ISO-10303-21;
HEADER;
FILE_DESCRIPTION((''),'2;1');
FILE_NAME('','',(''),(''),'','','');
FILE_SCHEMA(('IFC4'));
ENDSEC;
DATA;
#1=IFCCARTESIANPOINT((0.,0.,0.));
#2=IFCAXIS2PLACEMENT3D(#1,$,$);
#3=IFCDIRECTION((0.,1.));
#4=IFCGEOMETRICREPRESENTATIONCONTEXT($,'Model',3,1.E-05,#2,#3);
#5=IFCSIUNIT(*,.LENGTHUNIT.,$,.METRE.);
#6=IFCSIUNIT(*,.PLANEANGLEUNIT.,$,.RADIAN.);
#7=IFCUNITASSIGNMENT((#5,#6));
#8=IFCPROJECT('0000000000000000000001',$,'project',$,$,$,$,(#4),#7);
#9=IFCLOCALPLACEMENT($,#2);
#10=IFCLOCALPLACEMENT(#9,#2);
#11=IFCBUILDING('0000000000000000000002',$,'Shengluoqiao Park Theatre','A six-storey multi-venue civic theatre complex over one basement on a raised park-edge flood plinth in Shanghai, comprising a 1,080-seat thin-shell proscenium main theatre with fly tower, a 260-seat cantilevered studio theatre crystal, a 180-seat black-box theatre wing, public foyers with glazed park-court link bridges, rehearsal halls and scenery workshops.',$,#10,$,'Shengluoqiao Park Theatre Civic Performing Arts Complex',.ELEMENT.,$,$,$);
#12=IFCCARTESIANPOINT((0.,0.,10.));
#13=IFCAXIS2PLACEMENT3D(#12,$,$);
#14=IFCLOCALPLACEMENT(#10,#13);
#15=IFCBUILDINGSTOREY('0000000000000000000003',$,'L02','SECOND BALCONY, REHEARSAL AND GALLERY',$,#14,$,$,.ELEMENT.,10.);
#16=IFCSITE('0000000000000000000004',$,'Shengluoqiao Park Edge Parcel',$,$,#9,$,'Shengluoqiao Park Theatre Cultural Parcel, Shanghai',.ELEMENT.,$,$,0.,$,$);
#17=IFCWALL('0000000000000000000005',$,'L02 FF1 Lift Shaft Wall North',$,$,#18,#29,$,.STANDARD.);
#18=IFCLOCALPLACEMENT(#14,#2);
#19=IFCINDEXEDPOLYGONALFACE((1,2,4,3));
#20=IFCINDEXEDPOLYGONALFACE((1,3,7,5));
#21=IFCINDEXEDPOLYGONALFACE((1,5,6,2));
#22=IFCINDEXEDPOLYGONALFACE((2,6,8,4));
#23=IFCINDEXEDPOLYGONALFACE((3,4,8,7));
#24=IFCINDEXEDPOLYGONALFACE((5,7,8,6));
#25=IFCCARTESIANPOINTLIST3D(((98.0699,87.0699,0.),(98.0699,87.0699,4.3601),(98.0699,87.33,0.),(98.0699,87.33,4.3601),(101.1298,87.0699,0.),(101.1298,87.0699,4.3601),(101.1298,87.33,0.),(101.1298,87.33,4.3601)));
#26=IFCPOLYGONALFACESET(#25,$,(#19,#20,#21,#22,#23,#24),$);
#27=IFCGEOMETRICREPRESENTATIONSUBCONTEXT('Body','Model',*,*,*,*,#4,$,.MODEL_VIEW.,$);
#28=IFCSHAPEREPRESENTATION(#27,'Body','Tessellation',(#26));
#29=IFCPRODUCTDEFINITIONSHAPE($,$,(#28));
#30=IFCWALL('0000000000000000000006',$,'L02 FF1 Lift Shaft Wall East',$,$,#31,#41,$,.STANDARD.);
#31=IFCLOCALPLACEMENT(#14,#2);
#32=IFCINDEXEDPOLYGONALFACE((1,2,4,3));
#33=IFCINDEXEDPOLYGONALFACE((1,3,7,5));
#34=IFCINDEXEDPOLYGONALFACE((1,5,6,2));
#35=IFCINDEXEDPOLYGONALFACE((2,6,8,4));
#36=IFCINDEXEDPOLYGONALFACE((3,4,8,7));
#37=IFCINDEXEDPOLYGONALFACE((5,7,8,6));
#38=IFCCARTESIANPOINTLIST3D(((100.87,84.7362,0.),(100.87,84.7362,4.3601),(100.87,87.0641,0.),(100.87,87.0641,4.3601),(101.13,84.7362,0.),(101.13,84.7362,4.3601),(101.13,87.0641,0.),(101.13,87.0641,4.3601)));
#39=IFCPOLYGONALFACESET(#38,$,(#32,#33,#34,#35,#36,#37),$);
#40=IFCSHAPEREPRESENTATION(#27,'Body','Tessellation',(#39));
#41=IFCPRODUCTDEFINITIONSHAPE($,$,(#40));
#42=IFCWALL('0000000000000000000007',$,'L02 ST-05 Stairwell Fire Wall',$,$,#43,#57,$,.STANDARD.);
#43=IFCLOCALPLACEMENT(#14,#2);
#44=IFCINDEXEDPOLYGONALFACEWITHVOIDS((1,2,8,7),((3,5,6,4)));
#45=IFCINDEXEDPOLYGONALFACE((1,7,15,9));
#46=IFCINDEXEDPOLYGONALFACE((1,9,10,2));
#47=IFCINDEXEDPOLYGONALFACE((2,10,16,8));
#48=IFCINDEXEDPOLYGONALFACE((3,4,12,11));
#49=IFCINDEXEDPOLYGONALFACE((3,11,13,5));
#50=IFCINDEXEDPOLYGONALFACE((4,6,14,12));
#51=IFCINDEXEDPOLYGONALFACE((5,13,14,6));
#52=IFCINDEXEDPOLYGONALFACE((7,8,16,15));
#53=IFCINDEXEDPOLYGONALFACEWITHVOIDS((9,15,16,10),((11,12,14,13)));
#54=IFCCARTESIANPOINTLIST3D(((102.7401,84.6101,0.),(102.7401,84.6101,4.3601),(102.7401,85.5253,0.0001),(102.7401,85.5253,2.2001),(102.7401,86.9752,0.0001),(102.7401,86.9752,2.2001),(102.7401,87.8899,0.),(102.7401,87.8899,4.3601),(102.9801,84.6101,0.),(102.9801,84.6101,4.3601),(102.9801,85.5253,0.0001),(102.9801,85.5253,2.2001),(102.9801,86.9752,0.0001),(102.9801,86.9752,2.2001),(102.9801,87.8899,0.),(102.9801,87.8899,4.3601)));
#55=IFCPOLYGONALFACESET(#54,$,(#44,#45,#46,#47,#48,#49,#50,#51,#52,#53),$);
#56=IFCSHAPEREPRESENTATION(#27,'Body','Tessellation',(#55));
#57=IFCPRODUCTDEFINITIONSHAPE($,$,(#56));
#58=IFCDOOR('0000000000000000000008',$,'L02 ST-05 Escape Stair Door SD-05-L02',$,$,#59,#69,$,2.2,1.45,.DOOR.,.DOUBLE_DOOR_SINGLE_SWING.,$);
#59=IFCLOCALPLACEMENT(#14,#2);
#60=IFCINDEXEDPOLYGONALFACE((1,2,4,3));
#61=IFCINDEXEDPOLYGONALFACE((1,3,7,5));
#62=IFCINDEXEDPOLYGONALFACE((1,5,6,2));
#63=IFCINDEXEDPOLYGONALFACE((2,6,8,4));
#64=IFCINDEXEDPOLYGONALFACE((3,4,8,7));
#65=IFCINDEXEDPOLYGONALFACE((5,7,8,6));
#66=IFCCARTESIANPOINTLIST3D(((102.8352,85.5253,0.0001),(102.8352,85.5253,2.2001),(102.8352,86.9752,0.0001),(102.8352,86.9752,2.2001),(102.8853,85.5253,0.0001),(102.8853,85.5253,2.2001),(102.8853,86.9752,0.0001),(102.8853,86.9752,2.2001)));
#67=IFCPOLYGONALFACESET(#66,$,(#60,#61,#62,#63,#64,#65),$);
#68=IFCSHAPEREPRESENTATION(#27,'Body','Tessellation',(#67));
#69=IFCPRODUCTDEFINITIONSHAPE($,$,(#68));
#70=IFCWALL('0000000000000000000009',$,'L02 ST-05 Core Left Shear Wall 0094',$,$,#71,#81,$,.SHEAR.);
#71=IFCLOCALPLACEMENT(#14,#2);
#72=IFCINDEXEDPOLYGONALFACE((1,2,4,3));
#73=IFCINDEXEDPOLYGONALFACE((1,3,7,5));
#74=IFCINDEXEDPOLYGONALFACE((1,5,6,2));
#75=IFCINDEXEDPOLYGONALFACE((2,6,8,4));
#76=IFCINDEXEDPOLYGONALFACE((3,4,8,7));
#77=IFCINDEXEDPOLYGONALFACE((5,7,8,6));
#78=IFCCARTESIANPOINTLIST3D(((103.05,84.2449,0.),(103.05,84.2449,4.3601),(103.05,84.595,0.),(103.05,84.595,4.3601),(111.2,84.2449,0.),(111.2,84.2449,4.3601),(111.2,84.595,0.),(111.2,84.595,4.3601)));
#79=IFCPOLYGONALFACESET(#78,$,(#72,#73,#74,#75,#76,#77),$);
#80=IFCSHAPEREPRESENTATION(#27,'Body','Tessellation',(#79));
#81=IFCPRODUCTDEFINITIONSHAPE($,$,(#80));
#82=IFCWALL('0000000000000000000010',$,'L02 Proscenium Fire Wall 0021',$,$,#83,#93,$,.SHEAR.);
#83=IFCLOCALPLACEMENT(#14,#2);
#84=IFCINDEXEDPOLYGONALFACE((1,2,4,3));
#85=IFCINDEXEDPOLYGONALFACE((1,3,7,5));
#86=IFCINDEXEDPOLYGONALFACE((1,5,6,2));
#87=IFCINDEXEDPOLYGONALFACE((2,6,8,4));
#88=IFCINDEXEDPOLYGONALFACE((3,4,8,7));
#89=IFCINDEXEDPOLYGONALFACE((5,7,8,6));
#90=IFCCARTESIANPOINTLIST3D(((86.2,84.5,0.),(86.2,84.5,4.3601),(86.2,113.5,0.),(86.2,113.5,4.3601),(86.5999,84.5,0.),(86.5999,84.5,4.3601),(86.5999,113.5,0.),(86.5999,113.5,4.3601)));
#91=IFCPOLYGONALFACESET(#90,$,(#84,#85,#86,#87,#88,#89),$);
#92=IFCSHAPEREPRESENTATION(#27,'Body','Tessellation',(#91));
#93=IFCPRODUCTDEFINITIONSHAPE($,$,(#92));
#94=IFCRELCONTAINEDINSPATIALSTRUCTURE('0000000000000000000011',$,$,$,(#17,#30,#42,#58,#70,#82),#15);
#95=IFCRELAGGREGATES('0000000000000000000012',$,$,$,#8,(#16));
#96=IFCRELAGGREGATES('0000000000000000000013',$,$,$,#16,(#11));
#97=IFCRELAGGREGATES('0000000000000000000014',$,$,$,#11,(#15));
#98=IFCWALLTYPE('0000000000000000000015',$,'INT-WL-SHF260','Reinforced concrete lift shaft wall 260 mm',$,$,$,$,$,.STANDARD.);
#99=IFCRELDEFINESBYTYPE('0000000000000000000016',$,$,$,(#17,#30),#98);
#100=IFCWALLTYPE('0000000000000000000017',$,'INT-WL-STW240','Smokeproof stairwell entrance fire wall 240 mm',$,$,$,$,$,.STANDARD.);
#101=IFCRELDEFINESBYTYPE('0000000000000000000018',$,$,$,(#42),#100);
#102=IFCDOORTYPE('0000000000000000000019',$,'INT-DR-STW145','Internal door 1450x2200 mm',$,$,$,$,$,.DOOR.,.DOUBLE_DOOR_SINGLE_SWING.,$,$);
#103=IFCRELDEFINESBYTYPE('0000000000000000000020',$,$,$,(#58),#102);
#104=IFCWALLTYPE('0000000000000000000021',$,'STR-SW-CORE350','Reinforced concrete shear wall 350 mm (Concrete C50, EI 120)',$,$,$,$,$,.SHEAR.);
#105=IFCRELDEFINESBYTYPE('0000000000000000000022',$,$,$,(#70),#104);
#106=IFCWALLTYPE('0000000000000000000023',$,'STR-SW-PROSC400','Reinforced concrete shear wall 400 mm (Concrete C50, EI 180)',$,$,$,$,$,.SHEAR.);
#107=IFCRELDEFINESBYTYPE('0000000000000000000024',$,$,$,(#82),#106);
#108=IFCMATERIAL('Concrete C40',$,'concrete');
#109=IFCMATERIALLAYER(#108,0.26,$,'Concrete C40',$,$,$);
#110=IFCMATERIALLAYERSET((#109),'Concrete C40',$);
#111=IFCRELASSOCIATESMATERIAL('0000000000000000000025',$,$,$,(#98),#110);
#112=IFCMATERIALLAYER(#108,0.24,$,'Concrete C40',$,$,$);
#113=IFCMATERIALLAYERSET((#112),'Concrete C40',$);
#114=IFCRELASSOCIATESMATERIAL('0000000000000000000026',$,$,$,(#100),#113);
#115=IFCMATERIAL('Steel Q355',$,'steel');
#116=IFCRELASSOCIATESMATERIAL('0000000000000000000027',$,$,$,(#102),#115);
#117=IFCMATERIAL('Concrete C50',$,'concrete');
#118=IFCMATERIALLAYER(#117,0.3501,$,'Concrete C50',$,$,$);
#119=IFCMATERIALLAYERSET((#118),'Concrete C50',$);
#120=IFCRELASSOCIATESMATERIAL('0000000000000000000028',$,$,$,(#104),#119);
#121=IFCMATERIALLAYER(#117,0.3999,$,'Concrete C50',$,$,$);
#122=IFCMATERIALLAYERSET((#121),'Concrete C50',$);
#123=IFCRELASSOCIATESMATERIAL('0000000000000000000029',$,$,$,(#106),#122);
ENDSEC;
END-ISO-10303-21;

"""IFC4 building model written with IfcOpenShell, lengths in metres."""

from ifc_helpers import new_model, si_unit, direction, frame, frame_2d, origin, place, context, subcontext, project, spatial, rectangle, extrude, material, layer, layer_set, type_object, element, fill, save


model = new_model("IFC4")

# Units and contexts
model_context = context("Model", 3, precision=1e-05, world=origin(), true_north=direction((0.0, 1.0)))
body_context = subcontext(model_context, "Body", "Model", "MODEL_VIEW")
ifc_project = project(units=[si_unit("LENGTHUNIT", "METRE"), si_unit("PLANEANGLEUNIT", "RADIAN")], contexts=[model_context])

# Site, building, storey
site_placement = place(None, origin())
site = spatial("IfcSite", under=ifc_project, at=site_placement, Name="Shengluoqiao Park Edge Parcel", LongName="Shengluoqiao Park Theatre Cultural Parcel, Shanghai", CompositionType="ELEMENT", RefElevation=0.0)
building_placement = place(site_placement, origin())
building = spatial("IfcBuilding", under=site, at=building_placement, Name="Shengluoqiao Park Theatre", Description="A six-storey multi-venue civic theatre complex over one basement on a raised park-edge flood plinth in Shanghai, comprising a 1,080-seat thin-shell proscenium main theatre with fly tower, a 260-seat cantilevered studio theatre crystal, a 180-seat black-box theatre wing, public foyers with glazed park-court link bridges, rehearsal halls and scenery workshops.", LongName="Shengluoqiao Park Theatre Civic Performing Arts Complex", CompositionType="ELEMENT")
storey_placement = place(building_placement, frame((0.0, 0.0, 10.0)))
storey = spatial("IfcBuildingStorey", under=building, at=storey_placement, Name="L02", Description="SECOND BALCONY, REHEARSAL AND GALLERY", CompositionType="ELEMENT", Elevation=10.0)

# Shared definitions
ifc_material_1 = material(Name="Concrete C50", Category="concrete")

# Shared definitions
ifc_material_2 = material(Name="Steel Q355", Category="steel")

# Shared definitions
ifc_material_3 = material(Name="Concrete C40", Category="concrete")

# Wall
ifc_layer_1 = layer(ifc_material_3, 0.26, Name="Concrete C40")
ifc_layer_set_1 = layer_set([ifc_layer_1], Name="Concrete C40")
wall_type_1 = type_object("IfcWallType", Name="INT-WL-SHF260", Description="Reinforced concrete lift shaft wall 260 mm", PredefinedType="STANDARD", material=ifc_layer_set_1)
for number, where, z_axis, x_axis, name in (
    (1, (98.0701, 87.2, 0.0), (0.0, 0.0, 1.0), (1.0, 0.0, 0.0), "L02 FF1 Lift Shaft Wall North"),
):
    element("IfcWall", number, at=place(storey_placement, frame(where, z_axis=z_axis, x_axis=x_axis)), inside=storey, type_object=wall_type_1, Name=name, PredefinedType="STANDARD", context=body_context, shape_type="SweptSolid", body=[
        extrude(rectangle(XDim=3.0598, YDim=0.26, at=frame_2d((1.5298, 0.0))), origin(), (0.0, 0.0, 1.0), 4.3601),
    ])

# Wall
wall_1_placement = place(storey_placement, frame((101.0, 84.7361, 0.0), z_axis=(0.0, 0.0, 1.0), x_axis=(0.0, 1.0, 0.0)))
element("IfcWall", 2, at=wall_1_placement, inside=storey, type_object=wall_type_1, Name="L02 FF1 Lift Shaft Wall East", PredefinedType="STANDARD", context=body_context, shape_type="SweptSolid", body=[
    extrude(rectangle(XDim=2.3279, YDim=0.26, at=frame_2d((1.1641, 0.0))), origin(), (0.0, 0.0, 1.0), 4.3601),
])

# Wall, opening, door
ifc_layer_2 = layer(ifc_material_3, 0.24, Name="Concrete C40")
ifc_layer_set_2 = layer_set([ifc_layer_2], Name="Concrete C40")
wall_type_2 = type_object("IfcWallType", Name="INT-WL-STW240", Description="Smokeproof stairwell entrance fire wall 240 mm", PredefinedType="STANDARD", material=ifc_layer_set_2)
wall_2_placement = place(storey_placement, frame((102.8601, 84.6101, 0.0), z_axis=(0.0, 0.0, 1.0), x_axis=(0.0, 1.0, 0.0)))
wall_2 = element("IfcWall", 3, at=wall_2_placement, inside=storey, type_object=wall_type_2, Name="L02 ST-05 Stairwell Fire Wall", PredefinedType="STANDARD", context=body_context, shape_type="SweptSolid", body=[
    extrude(rectangle(XDim=3.2798, YDim=0.24, at=frame_2d((1.6399, 0.0))), origin(), (0.0, 0.0, 1.0), 4.3601),
])
opening_1_placement = place(wall_2_placement, frame((0.915, 0.0, 0.0)))
opening_1 = element("IfcOpeningElement", 4, at=opening_1_placement, cuts=wall_2, PredefinedType="OPENING", context=body_context, shape_type="SweptSolid", body=[
    extrude(rectangle(XDim=1.45, YDim=2.2, at=frame_2d((0.7251, 1.1001))), frame((0.0, 0.1299, 0.0), z_axis=(0.0, -1.0, 0.0), x_axis=(1.0, 0.0, 0.0)), (0.0, 0.0, 1.0), 0.26),
])
door_type_1 = type_object("IfcDoorType", Name="INT-DR-STW145", Description="Internal door 1450x2200 mm", OperationType="DOUBLE_DOOR_SINGLE_SWING", PredefinedType="DOOR", material=ifc_material_2)
door_1_placement = place(opening_1_placement, origin())
door_1 = element("IfcDoor", 5, at=door_1_placement, inside=storey, type_object=door_type_1, Name="L02 ST-05 Escape Stair Door SD-05-L02", OperationType="DOUBLE_DOOR_SINGLE_SWING", OverallHeight=2.2, OverallWidth=1.45, PredefinedType="DOOR", context=body_context, shape_type="SweptSolid", body=[
    extrude(rectangle(XDim=1.45, YDim=2.2, at=frame_2d((0.7251, 1.1001))), frame((0.0, 0.0249, 0.0), z_axis=(0.0, -1.0, 0.0), x_axis=(1.0, 0.0, 0.0)), (0.0, 0.0, 1.0), 0.05),
])
fill(opening_1, door_1)

# Walls
ifc_layer_3 = layer(ifc_material_1, 0.3501, Name="Concrete C50")
ifc_layer_set_3 = layer_set([ifc_layer_3], Name="Concrete C50")
wall_type_3 = type_object("IfcWallType", Name="STR-SW-CORE350", Description="Reinforced concrete shear wall 350 mm (Concrete C50, EI 120)", PredefinedType="SHEAR", material=ifc_layer_set_3)
wall_3_placement = place(storey_placement, frame((103.05, 84.4199, 0.0), z_axis=(0.0, 0.0, 1.0), x_axis=(1.0, 0.0, 0.0)))
element("IfcWall", 6, at=wall_3_placement, inside=storey, type_object=wall_type_3, Name="L02 ST-05 Core Left Shear Wall 0094", PredefinedType="SHEAR", context=body_context, shape_type="SweptSolid", body=[
    extrude(rectangle(XDim=8.1499, YDim=0.3501, at=frame_2d((4.075, 0.0))), origin(), (0.0, 0.0, 1.0), 4.3601),
])
ifc_layer_4 = layer(ifc_material_1, 0.3999, Name="Concrete C50")
ifc_layer_set_4 = layer_set([ifc_layer_4], Name="Concrete C50")
wall_type_4 = type_object("IfcWallType", Name="STR-SW-PROSC400", Description="Reinforced concrete shear wall 400 mm (Concrete C50, EI 180)", PredefinedType="SHEAR", material=ifc_layer_set_4)
wall_4_placement = place(storey_placement, frame((86.3999, 84.5, 0.0), z_axis=(0.0, 0.0, 1.0), x_axis=(0.0, 1.0, 0.0)))
element("IfcWall", 7, at=wall_4_placement, inside=storey, type_object=wall_type_4, Name="L02 Proscenium Fire Wall 0021", PredefinedType="SHEAR", context=body_context, shape_type="SweptSolid", body=[
    extrude(rectangle(XDim=29.0, YDim=0.3999, at=frame_2d((14.5, 0.0))), origin(), (0.0, 0.0, 1.0), 4.3601),
])

save(model, "model.ifc")
